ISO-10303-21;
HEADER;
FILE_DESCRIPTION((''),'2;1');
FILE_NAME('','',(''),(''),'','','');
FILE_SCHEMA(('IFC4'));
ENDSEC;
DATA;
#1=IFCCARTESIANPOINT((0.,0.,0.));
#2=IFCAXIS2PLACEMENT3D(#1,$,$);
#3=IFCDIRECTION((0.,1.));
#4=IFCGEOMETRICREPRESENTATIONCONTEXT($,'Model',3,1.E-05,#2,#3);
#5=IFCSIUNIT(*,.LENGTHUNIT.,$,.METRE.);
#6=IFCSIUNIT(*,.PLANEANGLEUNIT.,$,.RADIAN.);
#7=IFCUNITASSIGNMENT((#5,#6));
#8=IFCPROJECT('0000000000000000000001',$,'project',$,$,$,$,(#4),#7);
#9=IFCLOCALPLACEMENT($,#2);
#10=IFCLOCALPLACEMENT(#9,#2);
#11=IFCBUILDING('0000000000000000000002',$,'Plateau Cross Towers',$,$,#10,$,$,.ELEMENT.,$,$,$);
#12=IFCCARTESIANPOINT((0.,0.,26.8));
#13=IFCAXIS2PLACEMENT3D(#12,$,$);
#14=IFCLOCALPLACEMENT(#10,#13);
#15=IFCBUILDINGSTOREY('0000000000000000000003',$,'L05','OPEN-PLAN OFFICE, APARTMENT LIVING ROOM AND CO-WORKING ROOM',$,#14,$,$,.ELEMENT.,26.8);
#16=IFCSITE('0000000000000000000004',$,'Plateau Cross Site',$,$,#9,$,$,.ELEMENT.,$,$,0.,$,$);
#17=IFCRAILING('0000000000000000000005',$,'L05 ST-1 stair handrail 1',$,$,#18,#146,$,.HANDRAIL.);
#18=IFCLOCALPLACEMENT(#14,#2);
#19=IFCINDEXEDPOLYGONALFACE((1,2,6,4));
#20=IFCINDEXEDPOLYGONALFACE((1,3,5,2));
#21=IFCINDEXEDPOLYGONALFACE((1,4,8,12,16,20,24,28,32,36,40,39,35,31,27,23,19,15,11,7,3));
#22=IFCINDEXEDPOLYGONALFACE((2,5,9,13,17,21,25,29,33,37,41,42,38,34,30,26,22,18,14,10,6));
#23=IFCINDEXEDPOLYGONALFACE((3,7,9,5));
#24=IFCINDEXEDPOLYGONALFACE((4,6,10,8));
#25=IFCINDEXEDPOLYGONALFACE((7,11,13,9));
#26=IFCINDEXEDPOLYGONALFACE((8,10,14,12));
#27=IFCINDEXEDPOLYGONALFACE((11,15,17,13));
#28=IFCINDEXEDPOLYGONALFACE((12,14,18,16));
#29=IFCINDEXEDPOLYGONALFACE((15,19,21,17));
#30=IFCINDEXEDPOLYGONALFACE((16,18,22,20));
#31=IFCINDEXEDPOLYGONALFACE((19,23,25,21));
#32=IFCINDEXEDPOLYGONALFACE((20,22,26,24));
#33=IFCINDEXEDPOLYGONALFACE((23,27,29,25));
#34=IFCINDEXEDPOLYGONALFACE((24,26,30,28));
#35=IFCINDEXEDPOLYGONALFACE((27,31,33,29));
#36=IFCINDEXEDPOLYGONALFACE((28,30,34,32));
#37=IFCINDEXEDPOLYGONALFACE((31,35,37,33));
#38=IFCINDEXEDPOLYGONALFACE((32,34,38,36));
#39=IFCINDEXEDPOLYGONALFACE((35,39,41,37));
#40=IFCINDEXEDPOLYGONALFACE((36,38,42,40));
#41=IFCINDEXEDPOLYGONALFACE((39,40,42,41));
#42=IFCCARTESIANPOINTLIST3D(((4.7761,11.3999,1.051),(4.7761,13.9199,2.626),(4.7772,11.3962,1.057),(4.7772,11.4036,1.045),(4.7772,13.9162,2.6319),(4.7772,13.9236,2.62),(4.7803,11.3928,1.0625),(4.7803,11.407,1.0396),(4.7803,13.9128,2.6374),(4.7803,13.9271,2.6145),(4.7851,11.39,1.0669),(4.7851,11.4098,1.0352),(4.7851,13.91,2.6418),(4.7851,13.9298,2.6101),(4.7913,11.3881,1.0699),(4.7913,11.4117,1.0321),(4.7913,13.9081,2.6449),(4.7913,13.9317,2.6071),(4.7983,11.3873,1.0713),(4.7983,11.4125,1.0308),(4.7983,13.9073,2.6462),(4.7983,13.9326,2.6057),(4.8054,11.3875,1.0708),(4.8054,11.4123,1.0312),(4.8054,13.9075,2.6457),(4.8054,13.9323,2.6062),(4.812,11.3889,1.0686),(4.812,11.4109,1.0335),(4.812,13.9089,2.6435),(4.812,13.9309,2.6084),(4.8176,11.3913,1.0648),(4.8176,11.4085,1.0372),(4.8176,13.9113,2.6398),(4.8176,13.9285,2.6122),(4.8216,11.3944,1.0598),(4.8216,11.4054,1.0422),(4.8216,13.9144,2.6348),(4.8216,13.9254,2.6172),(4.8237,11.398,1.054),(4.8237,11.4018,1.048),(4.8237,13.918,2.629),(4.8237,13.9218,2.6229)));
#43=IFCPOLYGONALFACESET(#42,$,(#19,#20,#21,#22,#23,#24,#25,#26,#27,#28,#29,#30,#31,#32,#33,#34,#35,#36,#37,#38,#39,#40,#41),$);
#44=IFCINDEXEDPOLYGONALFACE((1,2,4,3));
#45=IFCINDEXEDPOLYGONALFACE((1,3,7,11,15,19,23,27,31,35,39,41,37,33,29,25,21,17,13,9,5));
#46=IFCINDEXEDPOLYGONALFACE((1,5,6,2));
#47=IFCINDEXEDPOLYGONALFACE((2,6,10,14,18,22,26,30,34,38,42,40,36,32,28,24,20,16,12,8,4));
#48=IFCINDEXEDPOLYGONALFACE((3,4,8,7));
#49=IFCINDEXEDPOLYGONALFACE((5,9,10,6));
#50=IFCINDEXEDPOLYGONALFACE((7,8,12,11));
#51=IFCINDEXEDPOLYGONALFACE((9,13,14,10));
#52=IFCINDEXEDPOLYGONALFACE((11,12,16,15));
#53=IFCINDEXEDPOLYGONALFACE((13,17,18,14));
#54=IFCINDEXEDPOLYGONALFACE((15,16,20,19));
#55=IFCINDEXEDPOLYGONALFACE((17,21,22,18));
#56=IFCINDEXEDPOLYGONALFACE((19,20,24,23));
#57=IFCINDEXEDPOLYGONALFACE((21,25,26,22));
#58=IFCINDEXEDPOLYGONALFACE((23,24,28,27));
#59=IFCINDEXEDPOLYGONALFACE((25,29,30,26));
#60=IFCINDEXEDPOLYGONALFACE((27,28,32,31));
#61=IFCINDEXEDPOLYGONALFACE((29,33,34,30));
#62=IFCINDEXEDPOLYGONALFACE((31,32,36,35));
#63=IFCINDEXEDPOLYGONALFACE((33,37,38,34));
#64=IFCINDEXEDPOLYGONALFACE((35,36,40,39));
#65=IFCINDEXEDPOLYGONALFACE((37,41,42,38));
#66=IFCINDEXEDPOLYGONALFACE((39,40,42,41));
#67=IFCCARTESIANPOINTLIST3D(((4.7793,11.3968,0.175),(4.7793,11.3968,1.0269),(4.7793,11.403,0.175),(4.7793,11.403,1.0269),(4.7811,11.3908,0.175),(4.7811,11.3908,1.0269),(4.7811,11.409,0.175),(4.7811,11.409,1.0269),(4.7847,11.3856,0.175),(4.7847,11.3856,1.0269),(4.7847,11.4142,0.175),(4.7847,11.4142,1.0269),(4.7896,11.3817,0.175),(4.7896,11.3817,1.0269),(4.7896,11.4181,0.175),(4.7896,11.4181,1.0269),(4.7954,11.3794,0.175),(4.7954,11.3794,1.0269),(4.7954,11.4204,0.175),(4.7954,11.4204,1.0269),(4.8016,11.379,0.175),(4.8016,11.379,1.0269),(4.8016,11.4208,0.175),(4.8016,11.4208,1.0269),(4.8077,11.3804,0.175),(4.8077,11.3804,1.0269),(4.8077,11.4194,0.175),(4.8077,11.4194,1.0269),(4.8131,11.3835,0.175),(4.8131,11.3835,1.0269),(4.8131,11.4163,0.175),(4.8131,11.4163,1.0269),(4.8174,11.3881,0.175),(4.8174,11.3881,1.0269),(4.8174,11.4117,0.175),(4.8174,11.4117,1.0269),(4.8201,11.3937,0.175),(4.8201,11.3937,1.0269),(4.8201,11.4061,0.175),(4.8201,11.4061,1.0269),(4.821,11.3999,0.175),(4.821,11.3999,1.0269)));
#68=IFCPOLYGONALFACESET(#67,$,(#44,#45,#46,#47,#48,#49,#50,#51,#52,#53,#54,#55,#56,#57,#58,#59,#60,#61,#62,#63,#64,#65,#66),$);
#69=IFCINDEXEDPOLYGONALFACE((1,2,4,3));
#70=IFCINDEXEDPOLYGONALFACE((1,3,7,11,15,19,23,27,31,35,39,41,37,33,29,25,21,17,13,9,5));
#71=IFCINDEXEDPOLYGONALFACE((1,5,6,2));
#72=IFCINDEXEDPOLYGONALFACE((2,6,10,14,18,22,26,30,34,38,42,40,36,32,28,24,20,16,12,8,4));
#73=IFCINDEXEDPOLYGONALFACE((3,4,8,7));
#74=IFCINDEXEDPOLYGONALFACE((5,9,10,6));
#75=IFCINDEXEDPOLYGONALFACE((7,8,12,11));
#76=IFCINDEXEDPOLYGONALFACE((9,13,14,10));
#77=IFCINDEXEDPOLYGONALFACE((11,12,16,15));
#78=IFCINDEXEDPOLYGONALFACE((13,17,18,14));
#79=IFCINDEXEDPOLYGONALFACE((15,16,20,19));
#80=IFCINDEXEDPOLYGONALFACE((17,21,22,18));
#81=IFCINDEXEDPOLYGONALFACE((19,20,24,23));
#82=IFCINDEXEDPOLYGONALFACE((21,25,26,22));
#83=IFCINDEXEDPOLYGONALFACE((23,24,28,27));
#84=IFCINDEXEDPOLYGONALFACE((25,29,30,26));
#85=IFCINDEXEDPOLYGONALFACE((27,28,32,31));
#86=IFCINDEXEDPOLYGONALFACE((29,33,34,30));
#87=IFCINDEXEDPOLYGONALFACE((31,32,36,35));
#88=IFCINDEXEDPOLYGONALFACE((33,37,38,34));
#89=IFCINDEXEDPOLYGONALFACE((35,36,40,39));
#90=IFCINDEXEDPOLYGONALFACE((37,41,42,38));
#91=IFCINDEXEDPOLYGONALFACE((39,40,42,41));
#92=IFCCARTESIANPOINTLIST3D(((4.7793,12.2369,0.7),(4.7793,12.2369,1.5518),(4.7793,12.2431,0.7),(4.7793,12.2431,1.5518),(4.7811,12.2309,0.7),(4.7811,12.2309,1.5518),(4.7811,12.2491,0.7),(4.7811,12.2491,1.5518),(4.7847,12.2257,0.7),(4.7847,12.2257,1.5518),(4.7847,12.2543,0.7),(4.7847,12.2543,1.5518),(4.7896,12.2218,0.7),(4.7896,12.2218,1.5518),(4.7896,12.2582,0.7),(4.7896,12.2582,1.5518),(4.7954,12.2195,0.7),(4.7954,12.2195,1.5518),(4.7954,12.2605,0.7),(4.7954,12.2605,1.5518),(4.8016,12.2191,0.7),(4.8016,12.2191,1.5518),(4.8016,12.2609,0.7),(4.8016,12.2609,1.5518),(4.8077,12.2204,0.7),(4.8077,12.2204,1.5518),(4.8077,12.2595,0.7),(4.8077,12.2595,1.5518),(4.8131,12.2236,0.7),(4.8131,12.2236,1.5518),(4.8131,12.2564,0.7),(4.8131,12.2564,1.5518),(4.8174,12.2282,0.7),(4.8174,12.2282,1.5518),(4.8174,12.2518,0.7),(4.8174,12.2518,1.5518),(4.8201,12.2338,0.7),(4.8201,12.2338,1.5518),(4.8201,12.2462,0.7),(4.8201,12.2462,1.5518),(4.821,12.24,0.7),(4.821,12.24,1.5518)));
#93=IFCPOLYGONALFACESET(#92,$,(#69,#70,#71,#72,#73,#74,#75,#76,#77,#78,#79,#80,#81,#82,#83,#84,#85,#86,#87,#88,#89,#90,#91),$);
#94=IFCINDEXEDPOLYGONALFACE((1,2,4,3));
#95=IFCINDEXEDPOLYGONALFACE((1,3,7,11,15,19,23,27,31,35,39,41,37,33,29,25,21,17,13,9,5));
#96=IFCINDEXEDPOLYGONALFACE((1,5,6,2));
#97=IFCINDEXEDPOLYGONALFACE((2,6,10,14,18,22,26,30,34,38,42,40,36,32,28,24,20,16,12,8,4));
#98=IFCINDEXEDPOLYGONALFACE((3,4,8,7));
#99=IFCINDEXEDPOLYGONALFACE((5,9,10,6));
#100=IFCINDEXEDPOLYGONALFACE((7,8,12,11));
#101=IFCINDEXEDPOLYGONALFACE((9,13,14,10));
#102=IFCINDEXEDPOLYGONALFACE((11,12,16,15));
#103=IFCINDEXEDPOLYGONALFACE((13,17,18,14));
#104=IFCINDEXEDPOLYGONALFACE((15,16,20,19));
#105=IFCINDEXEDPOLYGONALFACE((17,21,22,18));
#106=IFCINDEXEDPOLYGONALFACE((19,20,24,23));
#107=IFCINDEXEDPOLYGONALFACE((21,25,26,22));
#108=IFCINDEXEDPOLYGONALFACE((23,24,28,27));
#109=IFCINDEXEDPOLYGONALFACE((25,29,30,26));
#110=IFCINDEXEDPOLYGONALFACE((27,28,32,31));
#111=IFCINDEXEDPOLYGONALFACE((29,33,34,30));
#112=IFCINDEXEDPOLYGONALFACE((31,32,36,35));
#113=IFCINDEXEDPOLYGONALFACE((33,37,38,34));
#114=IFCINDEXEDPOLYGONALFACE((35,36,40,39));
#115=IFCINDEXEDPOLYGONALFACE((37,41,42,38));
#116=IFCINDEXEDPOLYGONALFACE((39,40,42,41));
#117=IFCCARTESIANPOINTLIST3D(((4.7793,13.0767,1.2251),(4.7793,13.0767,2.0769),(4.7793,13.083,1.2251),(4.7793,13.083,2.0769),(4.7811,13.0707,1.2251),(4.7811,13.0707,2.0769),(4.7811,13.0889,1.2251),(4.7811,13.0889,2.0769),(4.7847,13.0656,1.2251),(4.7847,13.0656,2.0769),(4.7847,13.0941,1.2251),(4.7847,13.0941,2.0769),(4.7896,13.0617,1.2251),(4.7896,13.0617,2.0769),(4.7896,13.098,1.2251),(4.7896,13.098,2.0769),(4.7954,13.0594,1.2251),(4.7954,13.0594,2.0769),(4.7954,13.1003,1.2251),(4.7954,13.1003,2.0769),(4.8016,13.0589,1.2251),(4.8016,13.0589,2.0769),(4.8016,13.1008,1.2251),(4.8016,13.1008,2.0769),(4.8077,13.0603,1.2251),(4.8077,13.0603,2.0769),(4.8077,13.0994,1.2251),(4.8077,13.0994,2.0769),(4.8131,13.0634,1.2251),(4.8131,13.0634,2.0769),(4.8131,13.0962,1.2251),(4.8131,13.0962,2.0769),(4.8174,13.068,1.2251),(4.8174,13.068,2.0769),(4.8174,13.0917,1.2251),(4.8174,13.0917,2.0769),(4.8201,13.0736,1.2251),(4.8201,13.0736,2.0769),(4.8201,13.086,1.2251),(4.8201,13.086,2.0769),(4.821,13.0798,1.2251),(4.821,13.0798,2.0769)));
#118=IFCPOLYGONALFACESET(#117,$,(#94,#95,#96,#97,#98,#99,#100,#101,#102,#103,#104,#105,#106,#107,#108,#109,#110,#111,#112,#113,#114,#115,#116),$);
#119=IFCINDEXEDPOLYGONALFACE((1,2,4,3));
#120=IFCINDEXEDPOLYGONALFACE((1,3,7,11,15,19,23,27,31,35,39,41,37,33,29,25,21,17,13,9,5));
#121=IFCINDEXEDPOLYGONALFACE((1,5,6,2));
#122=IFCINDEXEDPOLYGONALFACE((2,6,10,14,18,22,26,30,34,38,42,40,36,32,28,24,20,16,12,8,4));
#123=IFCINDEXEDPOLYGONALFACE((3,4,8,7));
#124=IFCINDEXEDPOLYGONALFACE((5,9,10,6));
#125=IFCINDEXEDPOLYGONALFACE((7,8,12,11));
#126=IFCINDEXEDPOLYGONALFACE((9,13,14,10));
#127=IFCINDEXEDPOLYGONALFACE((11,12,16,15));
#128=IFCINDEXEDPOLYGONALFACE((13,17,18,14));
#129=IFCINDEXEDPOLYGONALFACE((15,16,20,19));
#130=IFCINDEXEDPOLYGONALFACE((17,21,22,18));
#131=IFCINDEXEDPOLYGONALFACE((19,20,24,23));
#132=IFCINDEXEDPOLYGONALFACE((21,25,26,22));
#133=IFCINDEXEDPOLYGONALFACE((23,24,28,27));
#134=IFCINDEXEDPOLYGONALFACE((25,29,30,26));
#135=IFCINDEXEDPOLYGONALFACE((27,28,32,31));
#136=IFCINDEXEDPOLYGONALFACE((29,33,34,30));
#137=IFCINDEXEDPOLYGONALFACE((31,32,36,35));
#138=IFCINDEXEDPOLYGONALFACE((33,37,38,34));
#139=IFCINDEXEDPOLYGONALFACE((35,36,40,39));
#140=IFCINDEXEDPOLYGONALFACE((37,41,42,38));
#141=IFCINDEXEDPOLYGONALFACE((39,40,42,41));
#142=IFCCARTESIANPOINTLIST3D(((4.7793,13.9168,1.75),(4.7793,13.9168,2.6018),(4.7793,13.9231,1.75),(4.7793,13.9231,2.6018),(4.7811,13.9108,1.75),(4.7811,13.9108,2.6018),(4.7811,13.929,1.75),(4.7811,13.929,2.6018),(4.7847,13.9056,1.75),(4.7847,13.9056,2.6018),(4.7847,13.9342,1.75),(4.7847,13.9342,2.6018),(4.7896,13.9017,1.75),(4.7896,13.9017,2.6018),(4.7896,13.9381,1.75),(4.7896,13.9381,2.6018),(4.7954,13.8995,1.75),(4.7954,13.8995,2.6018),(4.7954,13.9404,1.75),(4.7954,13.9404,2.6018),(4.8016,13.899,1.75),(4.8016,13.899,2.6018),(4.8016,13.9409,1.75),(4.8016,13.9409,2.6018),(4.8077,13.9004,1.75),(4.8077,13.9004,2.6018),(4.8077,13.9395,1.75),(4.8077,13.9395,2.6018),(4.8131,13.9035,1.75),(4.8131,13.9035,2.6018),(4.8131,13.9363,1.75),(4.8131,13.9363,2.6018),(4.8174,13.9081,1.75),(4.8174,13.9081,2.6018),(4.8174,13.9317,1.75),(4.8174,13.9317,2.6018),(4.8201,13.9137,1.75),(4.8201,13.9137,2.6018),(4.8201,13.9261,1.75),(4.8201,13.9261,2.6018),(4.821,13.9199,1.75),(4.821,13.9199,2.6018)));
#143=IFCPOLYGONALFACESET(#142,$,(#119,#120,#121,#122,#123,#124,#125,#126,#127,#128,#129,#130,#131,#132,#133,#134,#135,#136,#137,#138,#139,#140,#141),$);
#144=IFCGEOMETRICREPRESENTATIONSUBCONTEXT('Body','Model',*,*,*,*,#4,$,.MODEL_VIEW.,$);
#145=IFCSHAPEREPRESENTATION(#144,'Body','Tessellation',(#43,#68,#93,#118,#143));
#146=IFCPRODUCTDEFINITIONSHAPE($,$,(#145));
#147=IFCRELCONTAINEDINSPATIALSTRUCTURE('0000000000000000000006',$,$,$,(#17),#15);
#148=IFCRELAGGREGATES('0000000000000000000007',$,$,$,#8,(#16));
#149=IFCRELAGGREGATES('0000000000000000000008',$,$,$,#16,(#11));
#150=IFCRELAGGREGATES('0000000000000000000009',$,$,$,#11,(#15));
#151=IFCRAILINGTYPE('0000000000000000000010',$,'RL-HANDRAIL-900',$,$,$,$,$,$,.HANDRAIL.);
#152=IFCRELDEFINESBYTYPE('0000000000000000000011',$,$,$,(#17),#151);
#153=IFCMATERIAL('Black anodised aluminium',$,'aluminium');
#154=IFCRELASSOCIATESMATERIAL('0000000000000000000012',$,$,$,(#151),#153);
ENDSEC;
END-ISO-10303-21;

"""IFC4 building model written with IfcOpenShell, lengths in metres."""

from ifc_helpers import new_model, si_unit, direction, frame, origin, origin_2d, place, context, subcontext, project, spatial, circle, extrude, material, type_object, element, save


model = new_model("IFC4")

# Units and contexts
model_context = context("Model", 3, precision=1e-05, world=origin(), true_north=direction((0.0, 1.0)))
body_context = subcontext(model_context, "Body", "Model", "MODEL_VIEW")
ifc_project = project(units=[si_unit("LENGTHUNIT", "METRE"), si_unit("PLANEANGLEUNIT", "RADIAN")], contexts=[model_context])

# Site, building, storey
site_placement = place(None, origin())
site = spatial("IfcSite", under=ifc_project, at=site_placement, Name="Plateau Cross Site", CompositionType="ELEMENT", RefElevation=0.0)
building_placement = place(site_placement, origin())
building = spatial("IfcBuilding", under=site, at=building_placement, Name="Plateau Cross Towers", CompositionType="ELEMENT")
storey_placement = place(building_placement, frame((0.0, 0.0, 26.8)))
storey = spatial("IfcBuildingStorey", under=building, at=storey_placement, Name="L05", Description="OPEN-PLAN OFFICE, APARTMENT LIVING ROOM AND CO-WORKING ROOM", CompositionType="ELEMENT", Elevation=26.8)

# Railing
ifc_material_1 = material(Name="Black anodised aluminium", Category="aluminium")
railing_type_1 = type_object("IfcRailingType", Name="RL-HANDRAIL-900", PredefinedType="HANDRAIL", material=ifc_material_1)
railing_1_placement = place(storey_placement, frame((4.8, 11.3999, 0.175)))
element("IfcRailing", 1, at=railing_1_placement, inside=storey, type_object=railing_type_1, Name="L05 ST-1 stair handrail 1", PredefinedType="HANDRAIL", context=body_context, shape_type="SweptSolid", body=[
    extrude(circle(Radius=0.0239, at=origin_2d()), frame((0.0, 0.0, 0.876), z_axis=(0.0, 0.848008, 0.529984), x_axis=(-1.0, 0.0, 0.0)), (0.0, 0.0, 1.0), 2.9717),
    extrude(circle(Radius=0.021, at=origin_2d()), origin(), (0.0, 0.0, 1.0), 0.8518),
    extrude(circle(Radius=0.021, at=origin_2d()), frame((0.0, 0.8401, 0.5249)), (0.0, 0.0, 1.0), 0.8518),
    extrude(circle(Radius=0.021, at=origin_2d()), frame((0.0, 1.6799, 1.05)), (0.0, 0.0, 1.0), 0.8518),
    extrude(circle(Radius=0.021, at=origin_2d()), frame((0.0, 2.52, 1.575)), (0.0, 0.0, 1.0), 0.8518),
])

save(model, "model.ifc")
